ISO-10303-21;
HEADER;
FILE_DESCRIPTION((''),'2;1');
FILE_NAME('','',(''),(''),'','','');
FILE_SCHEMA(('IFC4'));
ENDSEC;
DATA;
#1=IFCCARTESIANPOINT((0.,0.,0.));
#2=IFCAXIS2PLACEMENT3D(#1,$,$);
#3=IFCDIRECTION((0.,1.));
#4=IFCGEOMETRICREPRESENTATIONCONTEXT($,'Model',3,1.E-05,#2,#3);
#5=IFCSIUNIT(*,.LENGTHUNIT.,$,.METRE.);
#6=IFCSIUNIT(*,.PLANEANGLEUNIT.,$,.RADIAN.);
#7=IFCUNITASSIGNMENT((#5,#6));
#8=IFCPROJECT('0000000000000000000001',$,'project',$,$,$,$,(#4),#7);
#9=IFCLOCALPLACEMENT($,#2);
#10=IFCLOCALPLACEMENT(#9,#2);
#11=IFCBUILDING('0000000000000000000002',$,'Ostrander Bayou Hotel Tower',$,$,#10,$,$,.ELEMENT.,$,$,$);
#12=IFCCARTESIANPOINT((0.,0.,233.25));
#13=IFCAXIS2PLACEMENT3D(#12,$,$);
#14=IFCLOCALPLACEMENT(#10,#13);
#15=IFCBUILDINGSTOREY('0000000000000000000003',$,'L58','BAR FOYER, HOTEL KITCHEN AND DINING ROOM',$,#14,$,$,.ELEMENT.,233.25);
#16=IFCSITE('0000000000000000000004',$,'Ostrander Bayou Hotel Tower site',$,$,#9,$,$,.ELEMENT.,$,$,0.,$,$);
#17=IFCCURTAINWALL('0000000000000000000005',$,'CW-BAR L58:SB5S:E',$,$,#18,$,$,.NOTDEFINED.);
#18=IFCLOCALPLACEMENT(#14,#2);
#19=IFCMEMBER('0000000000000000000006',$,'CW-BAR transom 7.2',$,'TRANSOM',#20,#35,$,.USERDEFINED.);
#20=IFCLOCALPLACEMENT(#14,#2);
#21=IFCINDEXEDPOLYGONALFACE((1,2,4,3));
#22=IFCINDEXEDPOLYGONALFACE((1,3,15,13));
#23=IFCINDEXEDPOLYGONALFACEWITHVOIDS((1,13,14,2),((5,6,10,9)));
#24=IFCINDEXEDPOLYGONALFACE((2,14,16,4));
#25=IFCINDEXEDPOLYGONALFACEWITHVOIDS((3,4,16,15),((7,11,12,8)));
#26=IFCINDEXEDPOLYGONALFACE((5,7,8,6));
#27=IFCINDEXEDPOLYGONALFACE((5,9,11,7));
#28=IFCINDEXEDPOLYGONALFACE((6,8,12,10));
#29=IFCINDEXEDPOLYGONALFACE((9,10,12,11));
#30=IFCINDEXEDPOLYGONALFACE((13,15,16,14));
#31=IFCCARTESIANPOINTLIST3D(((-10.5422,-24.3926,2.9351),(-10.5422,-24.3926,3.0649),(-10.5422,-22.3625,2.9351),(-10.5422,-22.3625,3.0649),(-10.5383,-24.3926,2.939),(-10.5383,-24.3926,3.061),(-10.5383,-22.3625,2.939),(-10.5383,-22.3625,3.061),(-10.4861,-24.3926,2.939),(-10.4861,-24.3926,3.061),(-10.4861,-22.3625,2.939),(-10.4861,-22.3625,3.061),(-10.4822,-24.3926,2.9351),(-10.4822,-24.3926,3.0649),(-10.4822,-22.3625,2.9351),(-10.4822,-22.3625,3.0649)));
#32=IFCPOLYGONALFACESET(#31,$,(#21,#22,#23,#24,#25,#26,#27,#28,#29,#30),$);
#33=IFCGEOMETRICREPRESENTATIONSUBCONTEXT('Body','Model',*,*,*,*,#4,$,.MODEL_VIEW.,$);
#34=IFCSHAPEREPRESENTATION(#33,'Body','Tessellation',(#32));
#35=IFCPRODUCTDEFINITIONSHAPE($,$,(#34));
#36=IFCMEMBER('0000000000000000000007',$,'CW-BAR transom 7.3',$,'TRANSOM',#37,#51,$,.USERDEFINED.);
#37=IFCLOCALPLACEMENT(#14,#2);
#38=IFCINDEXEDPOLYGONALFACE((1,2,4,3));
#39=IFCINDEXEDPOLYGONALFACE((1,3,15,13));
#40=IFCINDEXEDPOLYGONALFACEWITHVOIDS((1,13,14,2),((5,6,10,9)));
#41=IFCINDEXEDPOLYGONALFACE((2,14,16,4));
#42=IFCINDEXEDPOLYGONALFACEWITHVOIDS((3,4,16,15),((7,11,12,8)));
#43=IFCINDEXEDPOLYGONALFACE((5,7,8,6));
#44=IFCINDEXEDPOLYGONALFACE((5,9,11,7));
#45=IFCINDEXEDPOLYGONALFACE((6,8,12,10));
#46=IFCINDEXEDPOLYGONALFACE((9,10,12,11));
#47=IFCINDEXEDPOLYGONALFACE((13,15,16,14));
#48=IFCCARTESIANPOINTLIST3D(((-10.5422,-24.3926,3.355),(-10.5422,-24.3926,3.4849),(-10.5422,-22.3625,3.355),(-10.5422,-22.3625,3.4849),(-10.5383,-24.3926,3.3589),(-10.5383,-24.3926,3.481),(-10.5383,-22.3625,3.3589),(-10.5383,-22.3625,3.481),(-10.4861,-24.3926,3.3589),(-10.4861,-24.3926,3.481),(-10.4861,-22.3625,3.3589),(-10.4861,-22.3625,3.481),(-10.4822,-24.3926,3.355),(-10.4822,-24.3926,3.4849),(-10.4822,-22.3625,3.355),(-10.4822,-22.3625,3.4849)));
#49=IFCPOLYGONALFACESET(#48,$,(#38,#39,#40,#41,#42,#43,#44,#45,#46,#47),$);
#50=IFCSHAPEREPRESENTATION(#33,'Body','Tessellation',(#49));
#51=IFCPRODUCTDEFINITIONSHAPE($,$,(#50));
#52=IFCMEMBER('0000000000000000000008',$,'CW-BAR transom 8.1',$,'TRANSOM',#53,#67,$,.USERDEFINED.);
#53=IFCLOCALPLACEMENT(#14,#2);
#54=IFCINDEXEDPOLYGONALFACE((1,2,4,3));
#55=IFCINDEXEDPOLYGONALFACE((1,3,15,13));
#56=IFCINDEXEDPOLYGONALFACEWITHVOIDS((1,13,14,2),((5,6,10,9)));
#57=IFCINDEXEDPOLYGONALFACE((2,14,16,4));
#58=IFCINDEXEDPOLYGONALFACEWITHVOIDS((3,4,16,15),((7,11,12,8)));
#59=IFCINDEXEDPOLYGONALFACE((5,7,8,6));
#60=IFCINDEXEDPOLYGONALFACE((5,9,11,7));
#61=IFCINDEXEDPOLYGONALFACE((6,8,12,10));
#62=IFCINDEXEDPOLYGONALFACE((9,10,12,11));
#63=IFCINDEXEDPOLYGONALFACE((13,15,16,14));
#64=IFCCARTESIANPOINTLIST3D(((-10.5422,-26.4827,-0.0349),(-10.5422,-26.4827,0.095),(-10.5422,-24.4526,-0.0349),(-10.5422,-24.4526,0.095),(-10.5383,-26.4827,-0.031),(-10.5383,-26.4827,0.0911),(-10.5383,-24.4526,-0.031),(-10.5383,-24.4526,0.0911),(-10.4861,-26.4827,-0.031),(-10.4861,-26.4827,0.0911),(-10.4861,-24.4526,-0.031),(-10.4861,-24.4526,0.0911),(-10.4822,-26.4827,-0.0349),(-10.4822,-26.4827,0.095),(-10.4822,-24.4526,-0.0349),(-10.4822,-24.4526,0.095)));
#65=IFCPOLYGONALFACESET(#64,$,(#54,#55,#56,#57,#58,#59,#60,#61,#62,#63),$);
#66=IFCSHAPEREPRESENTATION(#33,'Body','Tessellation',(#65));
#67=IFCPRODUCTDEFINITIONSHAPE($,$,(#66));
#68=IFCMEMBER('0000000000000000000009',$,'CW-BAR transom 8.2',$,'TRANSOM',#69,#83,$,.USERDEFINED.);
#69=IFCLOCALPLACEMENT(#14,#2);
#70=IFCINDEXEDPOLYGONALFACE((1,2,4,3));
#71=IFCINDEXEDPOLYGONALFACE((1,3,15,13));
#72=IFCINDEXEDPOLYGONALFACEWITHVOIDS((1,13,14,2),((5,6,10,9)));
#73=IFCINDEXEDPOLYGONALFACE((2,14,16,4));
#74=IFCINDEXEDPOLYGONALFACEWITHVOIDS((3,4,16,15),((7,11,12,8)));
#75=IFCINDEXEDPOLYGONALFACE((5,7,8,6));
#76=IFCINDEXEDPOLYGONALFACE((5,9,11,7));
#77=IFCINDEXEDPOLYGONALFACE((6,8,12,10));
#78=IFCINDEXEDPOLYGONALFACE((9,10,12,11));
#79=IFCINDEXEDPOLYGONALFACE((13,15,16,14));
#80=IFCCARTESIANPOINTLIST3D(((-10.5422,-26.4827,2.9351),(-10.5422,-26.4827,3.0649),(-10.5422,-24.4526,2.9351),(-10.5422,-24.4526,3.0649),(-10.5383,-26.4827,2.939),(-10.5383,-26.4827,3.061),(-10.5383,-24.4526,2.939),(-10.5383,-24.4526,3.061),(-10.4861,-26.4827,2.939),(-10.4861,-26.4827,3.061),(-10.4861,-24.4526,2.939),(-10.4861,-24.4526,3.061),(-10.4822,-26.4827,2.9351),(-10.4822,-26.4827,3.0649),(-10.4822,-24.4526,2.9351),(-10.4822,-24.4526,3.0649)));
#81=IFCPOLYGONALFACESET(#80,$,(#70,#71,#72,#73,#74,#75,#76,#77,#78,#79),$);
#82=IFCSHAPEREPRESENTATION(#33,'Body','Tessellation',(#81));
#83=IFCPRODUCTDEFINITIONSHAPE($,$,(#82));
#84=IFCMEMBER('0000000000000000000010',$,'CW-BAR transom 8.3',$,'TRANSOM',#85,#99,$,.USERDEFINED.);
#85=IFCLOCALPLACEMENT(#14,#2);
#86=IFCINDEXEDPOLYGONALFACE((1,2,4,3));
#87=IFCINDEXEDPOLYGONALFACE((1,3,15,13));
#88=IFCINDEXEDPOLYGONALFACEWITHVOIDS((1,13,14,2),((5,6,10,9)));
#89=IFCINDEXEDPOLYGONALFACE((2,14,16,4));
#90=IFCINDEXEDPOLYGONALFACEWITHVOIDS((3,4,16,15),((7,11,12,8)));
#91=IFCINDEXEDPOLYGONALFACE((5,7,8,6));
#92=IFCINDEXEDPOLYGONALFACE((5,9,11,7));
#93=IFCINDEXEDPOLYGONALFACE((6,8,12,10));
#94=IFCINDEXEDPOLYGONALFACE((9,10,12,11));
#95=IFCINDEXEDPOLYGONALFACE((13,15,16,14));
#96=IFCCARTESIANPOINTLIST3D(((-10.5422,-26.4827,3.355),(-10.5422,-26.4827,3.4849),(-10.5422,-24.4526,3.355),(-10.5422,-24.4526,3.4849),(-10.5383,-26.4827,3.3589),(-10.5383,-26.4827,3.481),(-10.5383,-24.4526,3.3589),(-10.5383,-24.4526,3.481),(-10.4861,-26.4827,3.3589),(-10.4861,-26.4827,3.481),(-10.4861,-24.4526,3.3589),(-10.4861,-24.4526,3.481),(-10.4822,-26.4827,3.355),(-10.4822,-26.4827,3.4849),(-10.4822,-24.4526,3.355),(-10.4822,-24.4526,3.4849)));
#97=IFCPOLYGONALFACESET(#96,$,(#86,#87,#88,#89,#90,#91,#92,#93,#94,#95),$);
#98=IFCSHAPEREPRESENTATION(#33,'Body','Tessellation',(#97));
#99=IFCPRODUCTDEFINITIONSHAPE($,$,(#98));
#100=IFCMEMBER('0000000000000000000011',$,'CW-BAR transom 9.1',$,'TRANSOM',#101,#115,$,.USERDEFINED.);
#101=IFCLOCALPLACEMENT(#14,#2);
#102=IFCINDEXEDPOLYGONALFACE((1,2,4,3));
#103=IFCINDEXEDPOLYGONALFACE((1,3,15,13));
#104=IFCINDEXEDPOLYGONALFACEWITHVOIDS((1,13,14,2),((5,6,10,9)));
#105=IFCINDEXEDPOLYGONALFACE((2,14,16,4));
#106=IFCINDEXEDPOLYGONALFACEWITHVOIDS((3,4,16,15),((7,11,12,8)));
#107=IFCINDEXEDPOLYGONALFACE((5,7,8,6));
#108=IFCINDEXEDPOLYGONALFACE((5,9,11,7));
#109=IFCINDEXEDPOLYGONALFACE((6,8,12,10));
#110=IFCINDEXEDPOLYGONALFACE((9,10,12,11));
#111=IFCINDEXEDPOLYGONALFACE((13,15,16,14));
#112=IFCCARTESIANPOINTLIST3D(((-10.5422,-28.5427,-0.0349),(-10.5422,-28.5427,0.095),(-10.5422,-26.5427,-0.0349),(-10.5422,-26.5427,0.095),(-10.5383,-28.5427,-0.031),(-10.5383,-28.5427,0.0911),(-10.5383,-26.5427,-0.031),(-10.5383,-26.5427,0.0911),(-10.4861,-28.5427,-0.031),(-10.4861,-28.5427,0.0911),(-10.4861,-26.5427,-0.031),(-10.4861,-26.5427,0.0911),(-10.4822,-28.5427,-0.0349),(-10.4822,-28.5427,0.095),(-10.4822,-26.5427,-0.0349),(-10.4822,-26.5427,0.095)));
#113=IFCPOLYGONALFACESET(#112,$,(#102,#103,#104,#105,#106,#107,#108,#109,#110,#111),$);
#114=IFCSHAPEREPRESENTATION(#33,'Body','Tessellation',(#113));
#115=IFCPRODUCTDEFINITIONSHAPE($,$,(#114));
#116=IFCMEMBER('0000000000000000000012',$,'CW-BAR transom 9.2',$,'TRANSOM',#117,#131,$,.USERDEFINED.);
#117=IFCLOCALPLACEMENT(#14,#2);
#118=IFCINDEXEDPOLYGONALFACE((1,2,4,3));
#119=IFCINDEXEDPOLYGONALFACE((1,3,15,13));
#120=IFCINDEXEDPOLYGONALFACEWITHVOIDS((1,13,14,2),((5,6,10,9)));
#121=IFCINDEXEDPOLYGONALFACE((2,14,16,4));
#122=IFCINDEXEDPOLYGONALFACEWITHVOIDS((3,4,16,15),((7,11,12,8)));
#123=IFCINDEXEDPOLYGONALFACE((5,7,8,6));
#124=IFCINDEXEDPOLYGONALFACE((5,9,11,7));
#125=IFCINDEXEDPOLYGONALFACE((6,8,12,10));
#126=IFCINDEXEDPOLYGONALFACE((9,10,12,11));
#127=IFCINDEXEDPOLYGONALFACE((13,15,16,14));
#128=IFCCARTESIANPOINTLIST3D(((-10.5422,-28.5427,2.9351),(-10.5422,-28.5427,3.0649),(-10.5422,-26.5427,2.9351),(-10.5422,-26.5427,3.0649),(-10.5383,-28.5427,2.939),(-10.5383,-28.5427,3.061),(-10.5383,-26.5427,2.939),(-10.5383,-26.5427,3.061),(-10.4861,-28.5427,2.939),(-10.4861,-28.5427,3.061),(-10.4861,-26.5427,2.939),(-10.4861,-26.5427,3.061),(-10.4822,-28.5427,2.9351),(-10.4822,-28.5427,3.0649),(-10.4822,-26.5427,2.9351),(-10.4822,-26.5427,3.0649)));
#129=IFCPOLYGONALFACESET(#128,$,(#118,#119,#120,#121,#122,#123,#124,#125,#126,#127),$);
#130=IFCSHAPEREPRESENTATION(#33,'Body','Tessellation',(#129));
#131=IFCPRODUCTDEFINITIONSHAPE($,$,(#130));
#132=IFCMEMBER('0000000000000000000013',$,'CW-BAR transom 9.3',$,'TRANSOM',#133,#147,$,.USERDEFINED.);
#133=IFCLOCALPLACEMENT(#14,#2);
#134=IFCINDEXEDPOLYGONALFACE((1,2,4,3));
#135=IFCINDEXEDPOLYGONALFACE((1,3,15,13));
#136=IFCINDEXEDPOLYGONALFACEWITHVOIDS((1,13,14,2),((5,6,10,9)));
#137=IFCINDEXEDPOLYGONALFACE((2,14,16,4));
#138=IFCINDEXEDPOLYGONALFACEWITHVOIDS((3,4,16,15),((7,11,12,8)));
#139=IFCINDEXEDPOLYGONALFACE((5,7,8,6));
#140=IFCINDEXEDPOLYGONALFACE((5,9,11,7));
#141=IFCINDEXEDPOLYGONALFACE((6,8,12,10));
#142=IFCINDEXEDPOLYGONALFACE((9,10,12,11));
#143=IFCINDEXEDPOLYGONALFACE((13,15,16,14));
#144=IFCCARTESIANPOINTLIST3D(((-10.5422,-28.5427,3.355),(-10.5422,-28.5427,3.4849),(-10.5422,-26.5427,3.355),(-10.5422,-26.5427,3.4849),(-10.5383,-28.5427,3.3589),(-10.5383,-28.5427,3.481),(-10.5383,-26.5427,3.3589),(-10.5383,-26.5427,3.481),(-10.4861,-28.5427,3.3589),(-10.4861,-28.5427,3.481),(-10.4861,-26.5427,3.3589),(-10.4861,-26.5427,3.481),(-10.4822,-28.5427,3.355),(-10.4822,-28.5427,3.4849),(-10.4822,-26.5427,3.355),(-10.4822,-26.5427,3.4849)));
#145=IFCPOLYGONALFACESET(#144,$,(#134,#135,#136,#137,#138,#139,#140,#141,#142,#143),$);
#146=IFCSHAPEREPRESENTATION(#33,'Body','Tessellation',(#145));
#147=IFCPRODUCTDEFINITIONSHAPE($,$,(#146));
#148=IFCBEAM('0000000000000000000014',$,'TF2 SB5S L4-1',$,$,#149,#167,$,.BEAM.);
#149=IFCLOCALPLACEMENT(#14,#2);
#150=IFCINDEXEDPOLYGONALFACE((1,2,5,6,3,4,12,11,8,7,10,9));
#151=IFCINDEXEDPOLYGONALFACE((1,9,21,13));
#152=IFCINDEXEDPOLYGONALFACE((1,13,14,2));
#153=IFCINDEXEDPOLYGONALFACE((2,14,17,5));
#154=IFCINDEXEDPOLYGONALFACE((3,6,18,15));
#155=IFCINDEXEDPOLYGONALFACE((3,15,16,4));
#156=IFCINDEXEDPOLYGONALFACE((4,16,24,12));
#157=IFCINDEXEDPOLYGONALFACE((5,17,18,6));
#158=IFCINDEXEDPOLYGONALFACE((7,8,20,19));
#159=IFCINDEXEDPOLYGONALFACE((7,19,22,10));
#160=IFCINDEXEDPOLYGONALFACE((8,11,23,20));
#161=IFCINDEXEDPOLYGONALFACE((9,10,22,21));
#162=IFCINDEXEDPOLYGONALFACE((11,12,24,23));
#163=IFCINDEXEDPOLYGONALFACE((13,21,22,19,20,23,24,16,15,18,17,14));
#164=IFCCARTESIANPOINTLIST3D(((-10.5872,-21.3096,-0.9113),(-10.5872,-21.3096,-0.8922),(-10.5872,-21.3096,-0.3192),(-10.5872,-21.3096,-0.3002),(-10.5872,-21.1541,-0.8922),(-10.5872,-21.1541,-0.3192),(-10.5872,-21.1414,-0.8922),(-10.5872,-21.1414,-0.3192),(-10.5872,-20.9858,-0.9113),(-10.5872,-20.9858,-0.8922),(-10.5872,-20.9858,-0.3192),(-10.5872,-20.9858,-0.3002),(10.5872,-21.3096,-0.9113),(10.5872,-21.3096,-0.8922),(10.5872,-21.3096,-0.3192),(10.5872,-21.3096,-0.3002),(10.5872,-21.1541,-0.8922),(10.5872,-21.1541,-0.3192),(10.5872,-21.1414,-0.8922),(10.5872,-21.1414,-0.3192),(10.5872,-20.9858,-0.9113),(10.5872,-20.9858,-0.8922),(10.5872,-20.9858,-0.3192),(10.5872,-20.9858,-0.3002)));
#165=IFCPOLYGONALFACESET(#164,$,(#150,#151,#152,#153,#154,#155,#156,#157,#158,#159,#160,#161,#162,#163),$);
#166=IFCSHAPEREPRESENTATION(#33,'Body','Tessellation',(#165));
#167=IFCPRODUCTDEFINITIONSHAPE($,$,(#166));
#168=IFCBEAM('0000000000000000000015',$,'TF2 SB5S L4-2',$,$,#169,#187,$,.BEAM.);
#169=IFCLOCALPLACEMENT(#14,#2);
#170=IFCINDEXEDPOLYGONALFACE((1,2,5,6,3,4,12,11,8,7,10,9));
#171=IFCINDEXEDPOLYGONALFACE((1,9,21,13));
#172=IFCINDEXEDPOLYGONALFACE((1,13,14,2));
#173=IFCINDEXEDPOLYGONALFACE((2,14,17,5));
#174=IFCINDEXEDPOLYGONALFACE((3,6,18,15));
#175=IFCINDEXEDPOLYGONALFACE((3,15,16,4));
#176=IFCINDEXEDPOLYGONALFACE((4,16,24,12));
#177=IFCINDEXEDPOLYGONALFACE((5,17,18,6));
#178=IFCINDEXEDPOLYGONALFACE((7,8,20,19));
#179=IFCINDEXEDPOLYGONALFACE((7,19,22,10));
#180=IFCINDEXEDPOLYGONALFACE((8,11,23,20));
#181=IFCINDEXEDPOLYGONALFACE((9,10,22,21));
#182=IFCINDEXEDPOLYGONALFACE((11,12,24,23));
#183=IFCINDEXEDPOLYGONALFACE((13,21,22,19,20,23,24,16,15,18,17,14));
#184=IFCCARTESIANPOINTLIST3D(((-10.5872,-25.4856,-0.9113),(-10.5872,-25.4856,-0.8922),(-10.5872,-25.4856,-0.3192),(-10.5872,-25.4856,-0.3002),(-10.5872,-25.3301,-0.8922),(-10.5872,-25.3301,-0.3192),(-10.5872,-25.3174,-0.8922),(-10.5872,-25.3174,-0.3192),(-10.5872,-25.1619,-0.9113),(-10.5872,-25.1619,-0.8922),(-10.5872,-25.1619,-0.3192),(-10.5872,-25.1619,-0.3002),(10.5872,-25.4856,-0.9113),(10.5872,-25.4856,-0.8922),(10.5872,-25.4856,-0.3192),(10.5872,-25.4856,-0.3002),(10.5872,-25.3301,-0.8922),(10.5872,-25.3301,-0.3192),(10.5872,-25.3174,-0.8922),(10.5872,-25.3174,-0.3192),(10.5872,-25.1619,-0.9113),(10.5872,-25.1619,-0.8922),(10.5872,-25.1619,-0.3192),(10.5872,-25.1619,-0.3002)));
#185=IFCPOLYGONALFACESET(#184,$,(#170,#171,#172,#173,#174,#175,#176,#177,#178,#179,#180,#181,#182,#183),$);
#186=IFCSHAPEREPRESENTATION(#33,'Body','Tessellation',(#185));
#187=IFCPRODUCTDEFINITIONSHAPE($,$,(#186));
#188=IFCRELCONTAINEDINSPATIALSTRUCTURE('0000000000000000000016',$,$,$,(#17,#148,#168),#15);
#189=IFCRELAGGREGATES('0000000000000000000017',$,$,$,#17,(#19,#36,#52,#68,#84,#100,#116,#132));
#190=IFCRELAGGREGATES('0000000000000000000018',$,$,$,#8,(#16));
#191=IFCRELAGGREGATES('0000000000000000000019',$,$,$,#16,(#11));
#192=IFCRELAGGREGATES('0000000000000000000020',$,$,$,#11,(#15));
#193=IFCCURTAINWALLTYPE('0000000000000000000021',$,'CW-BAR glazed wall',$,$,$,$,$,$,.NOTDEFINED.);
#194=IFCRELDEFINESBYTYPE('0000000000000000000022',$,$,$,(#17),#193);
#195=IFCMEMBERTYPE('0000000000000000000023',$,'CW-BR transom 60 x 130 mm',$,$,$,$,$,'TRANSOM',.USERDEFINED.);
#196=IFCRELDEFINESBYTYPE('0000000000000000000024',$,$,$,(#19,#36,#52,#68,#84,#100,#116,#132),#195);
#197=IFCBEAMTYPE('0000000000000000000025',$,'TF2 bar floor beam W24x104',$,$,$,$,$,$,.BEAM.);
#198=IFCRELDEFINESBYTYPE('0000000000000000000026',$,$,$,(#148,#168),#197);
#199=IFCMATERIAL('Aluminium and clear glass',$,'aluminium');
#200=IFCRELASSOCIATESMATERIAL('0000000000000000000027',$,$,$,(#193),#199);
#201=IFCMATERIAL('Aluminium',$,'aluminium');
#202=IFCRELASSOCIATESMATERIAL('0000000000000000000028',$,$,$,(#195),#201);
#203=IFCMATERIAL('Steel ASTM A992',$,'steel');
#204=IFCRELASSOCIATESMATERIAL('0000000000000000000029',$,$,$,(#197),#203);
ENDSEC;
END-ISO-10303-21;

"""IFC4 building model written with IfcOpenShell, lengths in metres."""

from ifc_helpers import new_model, si_unit, direction, frame, origin, origin_2d, place, context, subcontext, project, spatial, hollow_rectangle, i_section, extrude, material, material_profile, profile_set, type_object, element, aggregate, save


model = new_model("IFC4")

# Units and contexts
model_context = context("Model", 3, precision=1e-05, world=origin(), true_north=direction((0.0, 1.0)))
body_context = subcontext(model_context, "Body", "Model", "MODEL_VIEW")
ifc_project = project(units=[si_unit("LENGTHUNIT", "METRE"), si_unit("PLANEANGLEUNIT", "RADIAN")], contexts=[model_context])

# Site, building, storey
site_placement = place(None, origin())
site = spatial("IfcSite", under=ifc_project, at=site_placement, Name="Ostrander Bayou Hotel Tower site", CompositionType="ELEMENT", RefElevation=0.0)
building_placement = place(site_placement, origin())
building = spatial("IfcBuilding", under=site, at=building_placement, Name="Ostrander Bayou Hotel Tower", CompositionType="ELEMENT")
storey_placement = place(building_placement, frame((0.0, 0.0, 233.25)))
storey = spatial("IfcBuildingStorey", under=building, at=storey_placement, Name="L58", Description="BAR FOYER, HOTEL KITCHEN AND DINING ROOM", CompositionType="ELEMENT", Elevation=233.25)

# Curtain wall, members
ifc_material_1 = material(Name="Aluminium and clear glass", Category="aluminium")
curtain_wall_type = type_object("IfcCurtainWallType", Name="CW-BAR glazed wall", PredefinedType="NOTDEFINED", material=ifc_material_1)
curtain_wall_placement = place(storey_placement, origin())
curtain_wall = element("IfcCurtainWall", 1, at=curtain_wall_placement, inside=storey, type_object=curtain_wall_type, Name="CW-BAR L58:SB5S:E", PredefinedType="NOTDEFINED")
ifc_material_2 = material(Name="Aluminium", Category="aluminium")
ifc_material_profile_1 = material_profile(ifc_material_2, hollow_rectangle(XDim=0.0601, YDim=0.1299, WallThickness=0.0039, at=origin_2d()))
ifc_profile_set_1 = profile_set([ifc_material_profile_1], Name="Aluminium")
member_type_1 = type_object("IfcMemberType", Name="CW-BR transom 60 x 130 mm", ElementType="TRANSOM", PredefinedType="USERDEFINED", material=ifc_profile_set_1)
member_1_placement = place(storey_placement, frame((-10.5122, -22.3625, 3.0), z_axis=(0.0, -1.0, 0.0), x_axis=(1.0, 0.0, 0.0)))
member_1 = element("IfcMember", 2, at=member_1_placement, type_object=member_type_1, Name="CW-BAR transom 7.2", ObjectType="TRANSOM", PredefinedType="USERDEFINED", context=body_context, shape_type="SweptSolid", body=[
    extrude(hollow_rectangle(XDim=0.0601, YDim=0.1299, WallThickness=0.0039, at=origin_2d()), origin(), (0.0, 0.0, 1.0), 2.03),
])
member_2_placement = place(storey_placement, frame((-10.5122, -22.3625, 3.4199), z_axis=(0.0, -1.0, 0.0), x_axis=(1.0, 0.0, 0.0)))
member_2 = element("IfcMember", 3, at=member_2_placement, type_object=member_type_1, Name="CW-BAR transom 7.3", ObjectType="TRANSOM", PredefinedType="USERDEFINED", context=body_context, shape_type="SweptSolid", body=[
    extrude(hollow_rectangle(XDim=0.0601, YDim=0.1299, WallThickness=0.0039, at=origin_2d()), origin(), (0.0, 0.0, 1.0), 2.03),
])
member_3_placement = place(storey_placement, frame((-10.5122, -24.4526, 0.03), z_axis=(0.0, -1.0, 0.0), x_axis=(1.0, 0.0, 0.0)))
member_3 = element("IfcMember", 4, at=member_3_placement, type_object=member_type_1, Name="CW-BAR transom 8.1", ObjectType="TRANSOM", PredefinedType="USERDEFINED", context=body_context, shape_type="SweptSolid", body=[
    extrude(hollow_rectangle(XDim=0.0601, YDim=0.1299, WallThickness=0.0039, at=origin_2d()), origin(), (0.0, 0.0, 1.0), 2.03),
])
member_4_placement = place(storey_placement, frame((-10.5122, -24.4526, 3.0), z_axis=(0.0, -1.0, 0.0), x_axis=(1.0, 0.0, 0.0)))
member_4 = element("IfcMember", 5, at=member_4_placement, type_object=member_type_1, Name="CW-BAR transom 8.2", ObjectType="TRANSOM", PredefinedType="USERDEFINED", context=body_context, shape_type="SweptSolid", body=[
    extrude(hollow_rectangle(XDim=0.0601, YDim=0.1299, WallThickness=0.0039, at=origin_2d()), origin(), (0.0, 0.0, 1.0), 2.03),
])
member_5_placement = place(storey_placement, frame((-10.5122, -24.4526, 3.4199), z_axis=(0.0, -1.0, 0.0), x_axis=(1.0, 0.0, 0.0)))
member_5 = element("IfcMember", 6, at=member_5_placement, type_object=member_type_1, Name="CW-BAR transom 8.3", ObjectType="TRANSOM", PredefinedType="USERDEFINED", context=body_context, shape_type="SweptSolid", body=[
    extrude(hollow_rectangle(XDim=0.0601, YDim=0.1299, WallThickness=0.0039, at=origin_2d()), origin(), (0.0, 0.0, 1.0), 2.03),
])
member_6_placement = place(storey_placement, frame((-10.5122, -26.5427, 0.03), z_axis=(0.0, -1.0, 0.0), x_axis=(1.0, 0.0, 0.0)))
member_6 = element("IfcMember", 7, at=member_6_placement, type_object=member_type_1, Name="CW-BAR transom 9.1", ObjectType="TRANSOM", PredefinedType="USERDEFINED", context=body_context, shape_type="SweptSolid", body=[
    extrude(hollow_rectangle(XDim=0.0601, YDim=0.1299, WallThickness=0.0039, at=origin_2d()), origin(), (0.0, 0.0, 1.0), 2.0),
])
member_7_placement = place(storey_placement, frame((-10.5122, -26.5427, 3.0), z_axis=(0.0, -1.0, 0.0), x_axis=(1.0, 0.0, 0.0)))
member_7 = element("IfcMember", 8, at=member_7_placement, type_object=member_type_1, Name="CW-BAR transom 9.2", ObjectType="TRANSOM", PredefinedType="USERDEFINED", context=body_context, shape_type="SweptSolid", body=[
    extrude(hollow_rectangle(XDim=0.0601, YDim=0.1299, WallThickness=0.0039, at=origin_2d()), origin(), (0.0, 0.0, 1.0), 2.0),
])
member_8_placement = place(storey_placement, frame((-10.5122, -26.5427, 3.4199), z_axis=(0.0, -1.0, 0.0), x_axis=(1.0, 0.0, 0.0)))
member_8 = element("IfcMember", 9, at=member_8_placement, type_object=member_type_1, Name="CW-BAR transom 9.3", ObjectType="TRANSOM", PredefinedType="USERDEFINED", context=body_context, shape_type="SweptSolid", body=[
    extrude(hollow_rectangle(XDim=0.0601, YDim=0.1299, WallThickness=0.0039, at=origin_2d()), origin(), (0.0, 0.0, 1.0), 2.0),
])

# Beams
ifc_material_3 = material(Name="Steel ASTM A992", Category="steel")
ifc_material_profile_2 = material_profile(ifc_material_3, i_section(OverallWidth=0.3237, OverallDepth=0.6111, WebThickness=0.0127, FlangeThickness=0.019, at=origin_2d()))
ifc_profile_set_2 = profile_set([ifc_material_profile_2], Name="Steel ASTM A992")
beam_type = type_object("IfcBeamType", Name="TF2 bar floor beam W24x104", PredefinedType="BEAM", material=ifc_profile_set_2)
for number, where, z_axis, x_axis, name in (
    (10, (-10.5872, -21.1477, -0.6057), (1.0, 0.0, 0.0), (0.0, 1.0, 0.0), "TF2 SB5S L4-1"),
    (11, (-10.5872, -25.3237, -0.6057), (1.0, 0.0, 0.0), (0.0, 1.0, 0.0), "TF2 SB5S L4-2"),
):
    element("IfcBeam", number, at=place(storey_placement, frame(where, z_axis=z_axis, x_axis=x_axis)), inside=storey, type_object=beam_type, Name=name, PredefinedType="BEAM", context=body_context, shape_type="SweptSolid", body=[
        extrude(i_section(OverallWidth=0.3237, OverallDepth=0.6111, WebThickness=0.0127, FlangeThickness=0.019, at=origin_2d()), origin(), (0.0, 0.0, 1.0), 21.1743),
    ])

aggregate(curtain_wall, [member_1, member_2, member_3, member_4, member_5, member_6, member_7, member_8])

save(model, "model.ifc")
